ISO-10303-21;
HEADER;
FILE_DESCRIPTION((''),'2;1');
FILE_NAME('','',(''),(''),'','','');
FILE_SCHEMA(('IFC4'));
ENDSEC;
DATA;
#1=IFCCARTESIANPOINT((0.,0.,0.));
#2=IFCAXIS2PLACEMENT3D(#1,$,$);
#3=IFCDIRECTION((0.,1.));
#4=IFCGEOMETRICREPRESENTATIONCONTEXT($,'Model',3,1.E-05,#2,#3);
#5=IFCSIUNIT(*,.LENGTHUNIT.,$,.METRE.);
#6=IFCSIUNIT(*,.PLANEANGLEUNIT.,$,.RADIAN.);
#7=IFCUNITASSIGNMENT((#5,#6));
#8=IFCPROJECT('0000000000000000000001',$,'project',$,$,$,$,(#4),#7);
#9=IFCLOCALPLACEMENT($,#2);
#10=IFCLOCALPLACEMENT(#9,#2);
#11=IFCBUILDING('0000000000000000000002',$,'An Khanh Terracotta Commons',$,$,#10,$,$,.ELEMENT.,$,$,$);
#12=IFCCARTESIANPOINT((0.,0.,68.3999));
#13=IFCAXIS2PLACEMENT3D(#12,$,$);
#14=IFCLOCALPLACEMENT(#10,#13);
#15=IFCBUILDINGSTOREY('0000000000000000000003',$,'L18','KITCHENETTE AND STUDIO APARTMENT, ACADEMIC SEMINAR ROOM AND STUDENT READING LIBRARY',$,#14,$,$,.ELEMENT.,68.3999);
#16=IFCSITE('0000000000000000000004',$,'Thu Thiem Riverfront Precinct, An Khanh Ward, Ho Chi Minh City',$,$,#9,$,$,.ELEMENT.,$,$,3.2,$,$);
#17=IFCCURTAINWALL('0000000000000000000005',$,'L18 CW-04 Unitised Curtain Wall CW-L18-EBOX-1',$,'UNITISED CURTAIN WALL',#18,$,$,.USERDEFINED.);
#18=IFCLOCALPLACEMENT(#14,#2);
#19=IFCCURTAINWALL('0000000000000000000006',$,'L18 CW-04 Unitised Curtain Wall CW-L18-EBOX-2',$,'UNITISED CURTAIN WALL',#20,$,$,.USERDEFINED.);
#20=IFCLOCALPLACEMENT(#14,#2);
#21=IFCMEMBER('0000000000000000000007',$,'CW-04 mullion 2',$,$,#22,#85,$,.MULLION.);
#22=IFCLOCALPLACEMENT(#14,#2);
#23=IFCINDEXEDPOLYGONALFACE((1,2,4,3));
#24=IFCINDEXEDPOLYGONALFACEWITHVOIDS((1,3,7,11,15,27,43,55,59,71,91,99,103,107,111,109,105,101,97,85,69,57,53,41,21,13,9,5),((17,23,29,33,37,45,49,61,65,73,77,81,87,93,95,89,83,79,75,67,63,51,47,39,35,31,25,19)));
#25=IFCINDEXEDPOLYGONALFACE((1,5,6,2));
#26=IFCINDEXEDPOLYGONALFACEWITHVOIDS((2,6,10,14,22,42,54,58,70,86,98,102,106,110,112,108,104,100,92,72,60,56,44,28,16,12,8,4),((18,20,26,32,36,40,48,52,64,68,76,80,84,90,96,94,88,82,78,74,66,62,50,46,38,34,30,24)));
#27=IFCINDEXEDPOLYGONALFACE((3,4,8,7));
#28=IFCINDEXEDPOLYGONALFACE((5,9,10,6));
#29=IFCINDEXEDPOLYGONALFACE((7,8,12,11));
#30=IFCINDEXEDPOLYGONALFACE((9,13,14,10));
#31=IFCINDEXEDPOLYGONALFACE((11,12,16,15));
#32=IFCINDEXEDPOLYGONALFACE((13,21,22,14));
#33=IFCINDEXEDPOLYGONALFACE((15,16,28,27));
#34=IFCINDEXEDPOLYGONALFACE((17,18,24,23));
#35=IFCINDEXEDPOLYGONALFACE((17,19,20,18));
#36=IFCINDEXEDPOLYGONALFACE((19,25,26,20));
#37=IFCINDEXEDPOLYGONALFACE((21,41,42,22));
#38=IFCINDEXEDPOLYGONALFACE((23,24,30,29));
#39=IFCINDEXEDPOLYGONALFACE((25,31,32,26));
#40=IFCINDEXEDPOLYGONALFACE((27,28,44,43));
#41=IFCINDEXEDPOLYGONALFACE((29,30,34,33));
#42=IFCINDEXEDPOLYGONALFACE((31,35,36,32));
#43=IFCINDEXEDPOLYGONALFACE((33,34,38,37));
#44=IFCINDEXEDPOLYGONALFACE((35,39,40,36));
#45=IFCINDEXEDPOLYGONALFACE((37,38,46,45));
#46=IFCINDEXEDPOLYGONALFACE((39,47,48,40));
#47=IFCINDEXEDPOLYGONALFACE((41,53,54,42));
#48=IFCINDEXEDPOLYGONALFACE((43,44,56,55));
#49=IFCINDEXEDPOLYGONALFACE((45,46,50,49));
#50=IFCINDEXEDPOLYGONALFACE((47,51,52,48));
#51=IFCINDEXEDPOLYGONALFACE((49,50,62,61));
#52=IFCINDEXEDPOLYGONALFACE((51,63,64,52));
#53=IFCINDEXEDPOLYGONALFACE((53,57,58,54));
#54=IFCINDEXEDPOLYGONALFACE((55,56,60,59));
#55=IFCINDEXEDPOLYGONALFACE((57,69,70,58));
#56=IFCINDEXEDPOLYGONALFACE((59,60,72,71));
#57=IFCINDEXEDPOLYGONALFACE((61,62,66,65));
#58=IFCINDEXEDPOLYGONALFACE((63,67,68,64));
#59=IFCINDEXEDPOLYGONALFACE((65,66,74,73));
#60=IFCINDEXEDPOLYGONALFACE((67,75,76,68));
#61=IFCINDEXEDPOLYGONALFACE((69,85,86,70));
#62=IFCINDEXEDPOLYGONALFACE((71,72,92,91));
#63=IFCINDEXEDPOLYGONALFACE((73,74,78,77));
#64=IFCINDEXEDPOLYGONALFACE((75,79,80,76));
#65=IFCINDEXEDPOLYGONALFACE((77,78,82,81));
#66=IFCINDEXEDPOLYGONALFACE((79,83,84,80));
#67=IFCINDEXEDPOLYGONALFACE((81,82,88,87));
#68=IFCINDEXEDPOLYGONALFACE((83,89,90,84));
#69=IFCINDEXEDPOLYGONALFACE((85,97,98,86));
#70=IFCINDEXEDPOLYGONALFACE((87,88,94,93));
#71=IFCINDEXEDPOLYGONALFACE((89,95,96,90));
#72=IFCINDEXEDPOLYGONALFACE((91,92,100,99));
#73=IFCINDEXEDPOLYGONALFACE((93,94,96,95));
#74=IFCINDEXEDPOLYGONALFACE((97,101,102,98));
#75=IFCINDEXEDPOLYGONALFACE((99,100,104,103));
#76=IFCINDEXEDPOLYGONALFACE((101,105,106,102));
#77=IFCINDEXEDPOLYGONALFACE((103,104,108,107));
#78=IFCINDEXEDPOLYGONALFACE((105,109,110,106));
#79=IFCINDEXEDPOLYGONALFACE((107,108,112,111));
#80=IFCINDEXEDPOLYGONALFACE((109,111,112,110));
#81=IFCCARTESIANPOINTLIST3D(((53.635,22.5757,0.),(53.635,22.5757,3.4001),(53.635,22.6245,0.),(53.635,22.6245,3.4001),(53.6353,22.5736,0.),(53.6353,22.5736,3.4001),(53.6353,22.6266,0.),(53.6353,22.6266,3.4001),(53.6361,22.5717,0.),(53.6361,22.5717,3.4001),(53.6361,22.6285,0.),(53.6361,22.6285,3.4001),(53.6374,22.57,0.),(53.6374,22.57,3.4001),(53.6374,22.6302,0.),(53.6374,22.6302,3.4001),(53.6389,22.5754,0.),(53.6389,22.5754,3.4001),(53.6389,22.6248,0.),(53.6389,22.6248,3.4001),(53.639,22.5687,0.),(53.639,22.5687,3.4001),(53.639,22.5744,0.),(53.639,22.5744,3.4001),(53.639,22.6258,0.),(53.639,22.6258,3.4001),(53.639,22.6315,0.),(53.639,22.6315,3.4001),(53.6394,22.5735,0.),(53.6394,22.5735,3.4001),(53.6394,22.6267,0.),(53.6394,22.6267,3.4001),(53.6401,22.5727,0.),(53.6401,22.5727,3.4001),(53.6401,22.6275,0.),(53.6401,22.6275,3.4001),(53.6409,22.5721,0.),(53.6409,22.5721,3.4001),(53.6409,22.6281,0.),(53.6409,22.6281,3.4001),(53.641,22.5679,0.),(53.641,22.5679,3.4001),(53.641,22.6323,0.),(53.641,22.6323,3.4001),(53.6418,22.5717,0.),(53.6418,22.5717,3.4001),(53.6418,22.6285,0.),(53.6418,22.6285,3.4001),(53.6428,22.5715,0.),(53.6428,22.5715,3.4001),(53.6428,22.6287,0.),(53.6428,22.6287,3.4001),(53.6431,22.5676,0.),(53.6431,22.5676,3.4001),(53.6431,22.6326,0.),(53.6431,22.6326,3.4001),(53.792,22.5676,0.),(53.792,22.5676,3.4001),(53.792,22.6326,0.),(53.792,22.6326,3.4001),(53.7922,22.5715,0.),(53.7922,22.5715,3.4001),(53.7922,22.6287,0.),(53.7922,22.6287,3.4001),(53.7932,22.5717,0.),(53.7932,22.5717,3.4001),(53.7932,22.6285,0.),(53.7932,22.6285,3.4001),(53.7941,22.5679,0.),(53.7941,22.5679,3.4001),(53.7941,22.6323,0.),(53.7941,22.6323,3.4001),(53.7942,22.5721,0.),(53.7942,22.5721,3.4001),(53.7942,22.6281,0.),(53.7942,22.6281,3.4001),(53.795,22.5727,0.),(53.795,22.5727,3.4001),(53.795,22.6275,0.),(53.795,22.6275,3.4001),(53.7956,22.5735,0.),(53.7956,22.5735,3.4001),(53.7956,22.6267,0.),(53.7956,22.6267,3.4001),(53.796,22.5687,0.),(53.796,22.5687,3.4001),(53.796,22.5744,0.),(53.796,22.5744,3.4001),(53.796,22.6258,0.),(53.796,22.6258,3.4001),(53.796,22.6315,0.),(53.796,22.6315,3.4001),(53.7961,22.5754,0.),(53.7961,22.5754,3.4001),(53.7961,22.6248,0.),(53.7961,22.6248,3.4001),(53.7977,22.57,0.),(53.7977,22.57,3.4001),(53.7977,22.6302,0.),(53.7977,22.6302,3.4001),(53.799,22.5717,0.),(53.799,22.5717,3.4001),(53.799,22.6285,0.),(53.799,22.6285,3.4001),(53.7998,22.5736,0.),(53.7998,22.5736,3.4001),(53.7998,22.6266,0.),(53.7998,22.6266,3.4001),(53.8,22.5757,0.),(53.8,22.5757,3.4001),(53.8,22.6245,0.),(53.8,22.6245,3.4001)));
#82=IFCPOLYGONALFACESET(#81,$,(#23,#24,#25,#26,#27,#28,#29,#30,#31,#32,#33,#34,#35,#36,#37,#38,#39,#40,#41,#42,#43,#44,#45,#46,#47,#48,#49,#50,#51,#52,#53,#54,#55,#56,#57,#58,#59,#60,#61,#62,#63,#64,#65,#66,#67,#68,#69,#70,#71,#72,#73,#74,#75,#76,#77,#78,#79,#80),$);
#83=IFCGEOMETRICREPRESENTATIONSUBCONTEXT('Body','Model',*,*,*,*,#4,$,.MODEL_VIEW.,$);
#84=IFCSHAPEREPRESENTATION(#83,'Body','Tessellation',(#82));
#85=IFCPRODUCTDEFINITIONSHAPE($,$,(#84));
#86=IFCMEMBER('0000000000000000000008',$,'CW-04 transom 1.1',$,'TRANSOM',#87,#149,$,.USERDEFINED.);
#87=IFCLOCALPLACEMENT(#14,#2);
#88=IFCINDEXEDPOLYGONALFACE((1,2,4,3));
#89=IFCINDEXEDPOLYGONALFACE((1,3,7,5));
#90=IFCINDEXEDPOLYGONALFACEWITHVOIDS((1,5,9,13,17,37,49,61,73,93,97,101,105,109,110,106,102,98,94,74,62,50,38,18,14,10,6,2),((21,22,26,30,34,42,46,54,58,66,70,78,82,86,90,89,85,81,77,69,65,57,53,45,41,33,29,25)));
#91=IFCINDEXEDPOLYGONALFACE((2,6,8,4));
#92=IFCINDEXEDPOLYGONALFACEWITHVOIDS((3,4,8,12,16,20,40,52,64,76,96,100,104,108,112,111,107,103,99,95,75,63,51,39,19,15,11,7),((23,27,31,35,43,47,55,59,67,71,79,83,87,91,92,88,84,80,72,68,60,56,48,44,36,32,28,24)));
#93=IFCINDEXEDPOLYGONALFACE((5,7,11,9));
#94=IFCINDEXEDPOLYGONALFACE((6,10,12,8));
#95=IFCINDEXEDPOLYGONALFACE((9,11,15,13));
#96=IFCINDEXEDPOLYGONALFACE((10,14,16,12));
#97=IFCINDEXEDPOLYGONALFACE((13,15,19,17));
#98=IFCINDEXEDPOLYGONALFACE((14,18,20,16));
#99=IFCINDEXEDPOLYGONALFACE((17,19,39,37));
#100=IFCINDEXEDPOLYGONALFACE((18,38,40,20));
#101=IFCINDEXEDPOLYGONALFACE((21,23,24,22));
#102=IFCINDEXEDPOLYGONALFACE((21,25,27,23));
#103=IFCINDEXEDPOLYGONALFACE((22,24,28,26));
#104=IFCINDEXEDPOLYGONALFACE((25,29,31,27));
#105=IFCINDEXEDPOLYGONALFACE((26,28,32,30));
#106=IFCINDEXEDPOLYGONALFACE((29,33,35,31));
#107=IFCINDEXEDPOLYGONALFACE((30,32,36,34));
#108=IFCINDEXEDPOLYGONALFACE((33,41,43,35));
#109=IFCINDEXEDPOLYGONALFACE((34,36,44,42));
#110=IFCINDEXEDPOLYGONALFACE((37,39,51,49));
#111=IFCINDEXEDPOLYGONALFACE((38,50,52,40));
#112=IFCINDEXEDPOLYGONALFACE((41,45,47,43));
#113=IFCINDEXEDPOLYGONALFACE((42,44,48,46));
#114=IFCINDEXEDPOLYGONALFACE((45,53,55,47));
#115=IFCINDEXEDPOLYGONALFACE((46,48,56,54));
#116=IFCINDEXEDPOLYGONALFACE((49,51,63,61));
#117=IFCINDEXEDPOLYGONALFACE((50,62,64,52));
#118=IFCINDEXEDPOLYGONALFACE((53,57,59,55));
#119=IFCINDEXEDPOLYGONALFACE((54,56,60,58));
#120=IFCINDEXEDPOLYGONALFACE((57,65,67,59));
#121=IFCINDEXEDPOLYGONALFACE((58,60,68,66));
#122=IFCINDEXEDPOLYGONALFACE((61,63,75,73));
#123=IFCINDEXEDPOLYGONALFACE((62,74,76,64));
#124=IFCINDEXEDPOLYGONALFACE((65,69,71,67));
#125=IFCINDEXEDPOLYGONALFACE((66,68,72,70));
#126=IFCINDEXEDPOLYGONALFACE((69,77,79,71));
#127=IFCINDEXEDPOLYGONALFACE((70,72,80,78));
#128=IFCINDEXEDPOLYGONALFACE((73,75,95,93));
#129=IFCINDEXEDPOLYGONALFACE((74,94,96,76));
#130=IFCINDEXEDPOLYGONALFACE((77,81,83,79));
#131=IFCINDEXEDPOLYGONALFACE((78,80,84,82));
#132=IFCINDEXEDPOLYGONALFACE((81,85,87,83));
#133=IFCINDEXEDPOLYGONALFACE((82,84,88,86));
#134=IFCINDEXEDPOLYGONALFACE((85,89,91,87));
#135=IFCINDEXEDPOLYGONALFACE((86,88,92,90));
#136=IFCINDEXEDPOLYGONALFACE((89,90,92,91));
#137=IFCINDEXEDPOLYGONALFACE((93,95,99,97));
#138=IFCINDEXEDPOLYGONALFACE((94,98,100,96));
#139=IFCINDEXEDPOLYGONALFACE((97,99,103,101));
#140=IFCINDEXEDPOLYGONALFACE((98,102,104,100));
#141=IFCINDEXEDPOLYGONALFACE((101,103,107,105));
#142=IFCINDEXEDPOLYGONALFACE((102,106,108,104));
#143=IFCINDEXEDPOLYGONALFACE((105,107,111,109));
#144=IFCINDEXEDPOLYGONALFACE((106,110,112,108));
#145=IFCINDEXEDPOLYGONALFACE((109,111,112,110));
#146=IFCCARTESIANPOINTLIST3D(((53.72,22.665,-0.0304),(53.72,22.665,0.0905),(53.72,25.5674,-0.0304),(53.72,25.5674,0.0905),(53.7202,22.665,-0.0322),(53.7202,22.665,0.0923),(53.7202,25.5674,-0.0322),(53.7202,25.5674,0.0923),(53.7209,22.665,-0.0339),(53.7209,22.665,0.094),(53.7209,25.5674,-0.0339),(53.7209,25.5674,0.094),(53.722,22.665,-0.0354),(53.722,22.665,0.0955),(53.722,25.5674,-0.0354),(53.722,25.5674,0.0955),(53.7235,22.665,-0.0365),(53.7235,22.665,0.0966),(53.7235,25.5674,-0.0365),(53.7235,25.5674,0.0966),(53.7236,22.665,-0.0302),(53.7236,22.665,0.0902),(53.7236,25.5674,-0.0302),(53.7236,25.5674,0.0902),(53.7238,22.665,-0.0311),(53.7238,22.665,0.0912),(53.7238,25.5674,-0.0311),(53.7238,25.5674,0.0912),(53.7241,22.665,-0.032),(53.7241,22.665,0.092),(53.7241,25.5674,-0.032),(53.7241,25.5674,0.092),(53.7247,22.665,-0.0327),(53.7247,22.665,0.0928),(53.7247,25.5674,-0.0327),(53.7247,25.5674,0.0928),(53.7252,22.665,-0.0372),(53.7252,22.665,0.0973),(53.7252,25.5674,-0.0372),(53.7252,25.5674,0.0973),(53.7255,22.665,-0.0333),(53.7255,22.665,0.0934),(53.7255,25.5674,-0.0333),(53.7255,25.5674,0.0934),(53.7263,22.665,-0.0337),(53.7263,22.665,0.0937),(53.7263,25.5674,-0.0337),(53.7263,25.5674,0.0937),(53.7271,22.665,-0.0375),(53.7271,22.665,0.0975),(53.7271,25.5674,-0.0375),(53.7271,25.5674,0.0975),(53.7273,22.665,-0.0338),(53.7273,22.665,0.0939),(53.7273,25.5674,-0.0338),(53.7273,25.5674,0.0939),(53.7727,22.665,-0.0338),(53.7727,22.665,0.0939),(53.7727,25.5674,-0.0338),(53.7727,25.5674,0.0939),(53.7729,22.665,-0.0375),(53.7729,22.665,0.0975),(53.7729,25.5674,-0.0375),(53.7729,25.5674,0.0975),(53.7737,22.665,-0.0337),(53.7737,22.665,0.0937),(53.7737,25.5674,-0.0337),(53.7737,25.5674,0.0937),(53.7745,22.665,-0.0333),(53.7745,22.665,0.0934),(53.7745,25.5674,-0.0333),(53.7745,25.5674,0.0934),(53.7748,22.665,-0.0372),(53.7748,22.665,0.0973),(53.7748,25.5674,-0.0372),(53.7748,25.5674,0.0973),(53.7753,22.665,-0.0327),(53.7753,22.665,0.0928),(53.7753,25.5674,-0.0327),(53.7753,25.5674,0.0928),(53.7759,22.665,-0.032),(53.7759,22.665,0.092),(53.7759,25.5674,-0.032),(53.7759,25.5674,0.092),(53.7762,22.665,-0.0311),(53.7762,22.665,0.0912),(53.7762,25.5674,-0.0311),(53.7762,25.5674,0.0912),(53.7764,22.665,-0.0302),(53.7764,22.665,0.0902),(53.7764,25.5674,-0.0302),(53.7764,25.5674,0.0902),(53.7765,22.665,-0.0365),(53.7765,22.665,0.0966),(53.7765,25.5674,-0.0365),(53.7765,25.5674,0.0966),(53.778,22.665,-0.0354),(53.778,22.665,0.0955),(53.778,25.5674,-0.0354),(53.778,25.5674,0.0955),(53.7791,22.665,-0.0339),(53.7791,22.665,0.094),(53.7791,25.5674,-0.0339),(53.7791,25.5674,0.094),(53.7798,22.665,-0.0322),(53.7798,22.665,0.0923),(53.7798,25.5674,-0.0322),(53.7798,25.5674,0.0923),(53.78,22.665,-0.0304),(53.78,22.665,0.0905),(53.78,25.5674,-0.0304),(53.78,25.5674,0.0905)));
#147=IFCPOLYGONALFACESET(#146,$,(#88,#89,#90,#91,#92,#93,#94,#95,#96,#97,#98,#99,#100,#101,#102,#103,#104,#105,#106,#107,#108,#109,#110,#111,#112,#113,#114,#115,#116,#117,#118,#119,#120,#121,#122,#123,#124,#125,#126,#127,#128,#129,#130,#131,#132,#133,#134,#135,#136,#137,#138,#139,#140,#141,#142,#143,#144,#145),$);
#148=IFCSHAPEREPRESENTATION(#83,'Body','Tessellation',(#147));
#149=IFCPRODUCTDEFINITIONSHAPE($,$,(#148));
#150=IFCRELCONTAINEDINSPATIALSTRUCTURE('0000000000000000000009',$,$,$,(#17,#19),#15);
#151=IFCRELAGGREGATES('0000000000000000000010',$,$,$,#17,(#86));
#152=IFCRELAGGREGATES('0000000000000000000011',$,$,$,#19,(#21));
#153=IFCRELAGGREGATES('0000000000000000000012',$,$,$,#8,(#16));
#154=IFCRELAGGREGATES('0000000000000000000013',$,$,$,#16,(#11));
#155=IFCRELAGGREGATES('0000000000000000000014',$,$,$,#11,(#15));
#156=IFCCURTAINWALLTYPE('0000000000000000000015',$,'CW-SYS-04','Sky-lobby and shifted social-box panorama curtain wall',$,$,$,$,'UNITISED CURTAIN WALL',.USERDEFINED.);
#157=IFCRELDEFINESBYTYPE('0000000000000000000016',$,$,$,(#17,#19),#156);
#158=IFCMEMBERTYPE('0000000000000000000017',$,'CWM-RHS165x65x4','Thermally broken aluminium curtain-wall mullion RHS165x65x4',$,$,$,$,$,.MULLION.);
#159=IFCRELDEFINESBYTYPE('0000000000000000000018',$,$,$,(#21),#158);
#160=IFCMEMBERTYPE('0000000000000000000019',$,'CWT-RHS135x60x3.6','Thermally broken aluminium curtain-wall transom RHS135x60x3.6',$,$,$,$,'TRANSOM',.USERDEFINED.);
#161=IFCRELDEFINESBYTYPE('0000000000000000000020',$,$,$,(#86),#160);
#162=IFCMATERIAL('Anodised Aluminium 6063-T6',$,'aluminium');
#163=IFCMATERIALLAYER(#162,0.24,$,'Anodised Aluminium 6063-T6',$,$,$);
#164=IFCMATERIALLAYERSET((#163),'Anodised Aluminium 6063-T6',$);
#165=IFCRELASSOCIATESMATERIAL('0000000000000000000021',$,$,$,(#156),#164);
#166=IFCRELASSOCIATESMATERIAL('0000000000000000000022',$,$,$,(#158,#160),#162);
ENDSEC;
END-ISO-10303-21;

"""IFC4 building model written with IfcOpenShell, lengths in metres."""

from ifc_helpers import new_model, si_unit, direction, frame, origin, origin_2d, place, context, subcontext, project, spatial, hollow_rectangle, extrude, material, layer, layer_set, material_profile, profile_set, type_object, element, aggregate, save


model = new_model("IFC4")

# Units and contexts
model_context = context("Model", 3, precision=1e-05, world=origin(), true_north=direction((0.0, 1.0)))
body_context = subcontext(model_context, "Body", "Model", "MODEL_VIEW")
ifc_project = project(units=[si_unit("LENGTHUNIT", "METRE"), si_unit("PLANEANGLEUNIT", "RADIAN")], contexts=[model_context])

# Site, building, storey
site_placement = place(None, origin())
site = spatial("IfcSite", under=ifc_project, at=site_placement, Name="Thu Thiem Riverfront Precinct, An Khanh Ward, Ho Chi Minh City", CompositionType="ELEMENT", RefElevation=3.2)
building_placement = place(site_placement, origin())
building = spatial("IfcBuilding", under=site, at=building_placement, Name="An Khanh Terracotta Commons", CompositionType="ELEMENT")
storey_placement = place(building_placement, frame((0.0, 0.0, 68.3999)))
storey = spatial("IfcBuildingStorey", under=building, at=storey_placement, Name="L18", Description="KITCHENETTE AND STUDIO APARTMENT, ACADEMIC SEMINAR ROOM AND STUDENT READING LIBRARY", CompositionType="ELEMENT", Elevation=68.3999)

# Curtain wall
ifc_material_1 = material(Name="Anodised Aluminium 6063-T6", Category="aluminium")
ifc_layer_1 = layer(ifc_material_1, 0.24, Name="Anodised Aluminium 6063-T6")
ifc_layer_set_1 = layer_set([ifc_layer_1], Name="Anodised Aluminium 6063-T6")
curtain_wall_type = type_object("IfcCurtainWallType", Name="CW-SYS-04", Description="Sky-lobby and shifted social-box panorama curtain wall", ElementType="UNITISED CURTAIN WALL", PredefinedType="USERDEFINED", material=ifc_layer_set_1)
curtain_wall_1_placement = place(storey_placement, origin())
curtain_wall_1 = element("IfcCurtainWall", 1, at=curtain_wall_1_placement, inside=storey, type_object=curtain_wall_type, Name="L18 CW-04 Unitised Curtain Wall CW-L18-EBOX-1", ObjectType="UNITISED CURTAIN WALL", PredefinedType="USERDEFINED")
ifc_material_profile_1 = material_profile(ifc_material_1, hollow_rectangle(XDim=0.0649, YDim=0.165, WallThickness=0.0039, InnerFilletRadius=0.0039, OuterFilletRadius=0.0081, at=origin_2d()), Name="RHS165x65x4")
ifc_profile_set_1 = profile_set([ifc_material_profile_1], Name="Anodised Aluminium 6063-T6")
member_type_1 = type_object("IfcMemberType", Name="CWM-RHS165x65x4", Description="Thermally broken aluminium curtain-wall mullion RHS165x65x4", PredefinedType="MULLION", material=ifc_profile_set_1)

# Curtain wall, member
curtain_wall_2_placement = place(storey_placement, origin())
curtain_wall_2 = element("IfcCurtainWall", 2, at=curtain_wall_2_placement, inside=storey, type_object=curtain_wall_type, Name="L18 CW-04 Unitised Curtain Wall CW-L18-EBOX-2", ObjectType="UNITISED CURTAIN WALL", PredefinedType="USERDEFINED")
member_1_placement = place(storey_placement, frame((53.7175, 22.6001, 0.0), z_axis=(0.0, 0.0, 1.0), x_axis=(0.0, 1.0, 0.0)))
member_1 = element("IfcMember", 3, at=member_1_placement, type_object=member_type_1, Name="CW-04 mullion 2", PredefinedType="MULLION", context=body_context, shape_type="SweptSolid", body=[
    extrude(hollow_rectangle(XDim=0.0649, YDim=0.165, WallThickness=0.0039, InnerFilletRadius=0.0039, OuterFilletRadius=0.0081, at=origin_2d()), origin(), (0.0, 0.0, 1.0), 3.4001),
])

# Member
ifc_material_profile_2 = material_profile(ifc_material_1, hollow_rectangle(XDim=0.0601, YDim=0.135, WallThickness=0.0037, InnerFilletRadius=0.0037, OuterFilletRadius=0.0071, at=origin_2d()), Name="RHS135x60x3.6")
ifc_profile_set_2 = profile_set([ifc_material_profile_2], Name="Anodised Aluminium 6063-T6")
member_type_2 = type_object("IfcMemberType", Name="CWT-RHS135x60x3.6", Description="Thermally broken aluminium curtain-wall transom RHS135x60x3.6", ElementType="TRANSOM", PredefinedType="USERDEFINED", material=ifc_profile_set_2)
member_2_placement = place(storey_placement, frame((53.75, 22.665, 0.03), z_axis=(0.0, 1.0, 0.0), x_axis=(-1.0, 0.0, 0.0)))
member_2 = element("IfcMember", 4, at=member_2_placement, type_object=member_type_2, Name="CW-04 transom 1.1", ObjectType="TRANSOM", PredefinedType="USERDEFINED", context=body_context, shape_type="SweptSolid", body=[
    extrude(hollow_rectangle(XDim=0.0601, YDim=0.135, WallThickness=0.0037, InnerFilletRadius=0.0037, OuterFilletRadius=0.0071, at=origin_2d()), origin(), (0.0, 0.0, 1.0), 2.9023),
])
aggregate(curtain_wall_1, [member_2])

aggregate(curtain_wall_2, [member_1])

save(model, "model.ifc")
